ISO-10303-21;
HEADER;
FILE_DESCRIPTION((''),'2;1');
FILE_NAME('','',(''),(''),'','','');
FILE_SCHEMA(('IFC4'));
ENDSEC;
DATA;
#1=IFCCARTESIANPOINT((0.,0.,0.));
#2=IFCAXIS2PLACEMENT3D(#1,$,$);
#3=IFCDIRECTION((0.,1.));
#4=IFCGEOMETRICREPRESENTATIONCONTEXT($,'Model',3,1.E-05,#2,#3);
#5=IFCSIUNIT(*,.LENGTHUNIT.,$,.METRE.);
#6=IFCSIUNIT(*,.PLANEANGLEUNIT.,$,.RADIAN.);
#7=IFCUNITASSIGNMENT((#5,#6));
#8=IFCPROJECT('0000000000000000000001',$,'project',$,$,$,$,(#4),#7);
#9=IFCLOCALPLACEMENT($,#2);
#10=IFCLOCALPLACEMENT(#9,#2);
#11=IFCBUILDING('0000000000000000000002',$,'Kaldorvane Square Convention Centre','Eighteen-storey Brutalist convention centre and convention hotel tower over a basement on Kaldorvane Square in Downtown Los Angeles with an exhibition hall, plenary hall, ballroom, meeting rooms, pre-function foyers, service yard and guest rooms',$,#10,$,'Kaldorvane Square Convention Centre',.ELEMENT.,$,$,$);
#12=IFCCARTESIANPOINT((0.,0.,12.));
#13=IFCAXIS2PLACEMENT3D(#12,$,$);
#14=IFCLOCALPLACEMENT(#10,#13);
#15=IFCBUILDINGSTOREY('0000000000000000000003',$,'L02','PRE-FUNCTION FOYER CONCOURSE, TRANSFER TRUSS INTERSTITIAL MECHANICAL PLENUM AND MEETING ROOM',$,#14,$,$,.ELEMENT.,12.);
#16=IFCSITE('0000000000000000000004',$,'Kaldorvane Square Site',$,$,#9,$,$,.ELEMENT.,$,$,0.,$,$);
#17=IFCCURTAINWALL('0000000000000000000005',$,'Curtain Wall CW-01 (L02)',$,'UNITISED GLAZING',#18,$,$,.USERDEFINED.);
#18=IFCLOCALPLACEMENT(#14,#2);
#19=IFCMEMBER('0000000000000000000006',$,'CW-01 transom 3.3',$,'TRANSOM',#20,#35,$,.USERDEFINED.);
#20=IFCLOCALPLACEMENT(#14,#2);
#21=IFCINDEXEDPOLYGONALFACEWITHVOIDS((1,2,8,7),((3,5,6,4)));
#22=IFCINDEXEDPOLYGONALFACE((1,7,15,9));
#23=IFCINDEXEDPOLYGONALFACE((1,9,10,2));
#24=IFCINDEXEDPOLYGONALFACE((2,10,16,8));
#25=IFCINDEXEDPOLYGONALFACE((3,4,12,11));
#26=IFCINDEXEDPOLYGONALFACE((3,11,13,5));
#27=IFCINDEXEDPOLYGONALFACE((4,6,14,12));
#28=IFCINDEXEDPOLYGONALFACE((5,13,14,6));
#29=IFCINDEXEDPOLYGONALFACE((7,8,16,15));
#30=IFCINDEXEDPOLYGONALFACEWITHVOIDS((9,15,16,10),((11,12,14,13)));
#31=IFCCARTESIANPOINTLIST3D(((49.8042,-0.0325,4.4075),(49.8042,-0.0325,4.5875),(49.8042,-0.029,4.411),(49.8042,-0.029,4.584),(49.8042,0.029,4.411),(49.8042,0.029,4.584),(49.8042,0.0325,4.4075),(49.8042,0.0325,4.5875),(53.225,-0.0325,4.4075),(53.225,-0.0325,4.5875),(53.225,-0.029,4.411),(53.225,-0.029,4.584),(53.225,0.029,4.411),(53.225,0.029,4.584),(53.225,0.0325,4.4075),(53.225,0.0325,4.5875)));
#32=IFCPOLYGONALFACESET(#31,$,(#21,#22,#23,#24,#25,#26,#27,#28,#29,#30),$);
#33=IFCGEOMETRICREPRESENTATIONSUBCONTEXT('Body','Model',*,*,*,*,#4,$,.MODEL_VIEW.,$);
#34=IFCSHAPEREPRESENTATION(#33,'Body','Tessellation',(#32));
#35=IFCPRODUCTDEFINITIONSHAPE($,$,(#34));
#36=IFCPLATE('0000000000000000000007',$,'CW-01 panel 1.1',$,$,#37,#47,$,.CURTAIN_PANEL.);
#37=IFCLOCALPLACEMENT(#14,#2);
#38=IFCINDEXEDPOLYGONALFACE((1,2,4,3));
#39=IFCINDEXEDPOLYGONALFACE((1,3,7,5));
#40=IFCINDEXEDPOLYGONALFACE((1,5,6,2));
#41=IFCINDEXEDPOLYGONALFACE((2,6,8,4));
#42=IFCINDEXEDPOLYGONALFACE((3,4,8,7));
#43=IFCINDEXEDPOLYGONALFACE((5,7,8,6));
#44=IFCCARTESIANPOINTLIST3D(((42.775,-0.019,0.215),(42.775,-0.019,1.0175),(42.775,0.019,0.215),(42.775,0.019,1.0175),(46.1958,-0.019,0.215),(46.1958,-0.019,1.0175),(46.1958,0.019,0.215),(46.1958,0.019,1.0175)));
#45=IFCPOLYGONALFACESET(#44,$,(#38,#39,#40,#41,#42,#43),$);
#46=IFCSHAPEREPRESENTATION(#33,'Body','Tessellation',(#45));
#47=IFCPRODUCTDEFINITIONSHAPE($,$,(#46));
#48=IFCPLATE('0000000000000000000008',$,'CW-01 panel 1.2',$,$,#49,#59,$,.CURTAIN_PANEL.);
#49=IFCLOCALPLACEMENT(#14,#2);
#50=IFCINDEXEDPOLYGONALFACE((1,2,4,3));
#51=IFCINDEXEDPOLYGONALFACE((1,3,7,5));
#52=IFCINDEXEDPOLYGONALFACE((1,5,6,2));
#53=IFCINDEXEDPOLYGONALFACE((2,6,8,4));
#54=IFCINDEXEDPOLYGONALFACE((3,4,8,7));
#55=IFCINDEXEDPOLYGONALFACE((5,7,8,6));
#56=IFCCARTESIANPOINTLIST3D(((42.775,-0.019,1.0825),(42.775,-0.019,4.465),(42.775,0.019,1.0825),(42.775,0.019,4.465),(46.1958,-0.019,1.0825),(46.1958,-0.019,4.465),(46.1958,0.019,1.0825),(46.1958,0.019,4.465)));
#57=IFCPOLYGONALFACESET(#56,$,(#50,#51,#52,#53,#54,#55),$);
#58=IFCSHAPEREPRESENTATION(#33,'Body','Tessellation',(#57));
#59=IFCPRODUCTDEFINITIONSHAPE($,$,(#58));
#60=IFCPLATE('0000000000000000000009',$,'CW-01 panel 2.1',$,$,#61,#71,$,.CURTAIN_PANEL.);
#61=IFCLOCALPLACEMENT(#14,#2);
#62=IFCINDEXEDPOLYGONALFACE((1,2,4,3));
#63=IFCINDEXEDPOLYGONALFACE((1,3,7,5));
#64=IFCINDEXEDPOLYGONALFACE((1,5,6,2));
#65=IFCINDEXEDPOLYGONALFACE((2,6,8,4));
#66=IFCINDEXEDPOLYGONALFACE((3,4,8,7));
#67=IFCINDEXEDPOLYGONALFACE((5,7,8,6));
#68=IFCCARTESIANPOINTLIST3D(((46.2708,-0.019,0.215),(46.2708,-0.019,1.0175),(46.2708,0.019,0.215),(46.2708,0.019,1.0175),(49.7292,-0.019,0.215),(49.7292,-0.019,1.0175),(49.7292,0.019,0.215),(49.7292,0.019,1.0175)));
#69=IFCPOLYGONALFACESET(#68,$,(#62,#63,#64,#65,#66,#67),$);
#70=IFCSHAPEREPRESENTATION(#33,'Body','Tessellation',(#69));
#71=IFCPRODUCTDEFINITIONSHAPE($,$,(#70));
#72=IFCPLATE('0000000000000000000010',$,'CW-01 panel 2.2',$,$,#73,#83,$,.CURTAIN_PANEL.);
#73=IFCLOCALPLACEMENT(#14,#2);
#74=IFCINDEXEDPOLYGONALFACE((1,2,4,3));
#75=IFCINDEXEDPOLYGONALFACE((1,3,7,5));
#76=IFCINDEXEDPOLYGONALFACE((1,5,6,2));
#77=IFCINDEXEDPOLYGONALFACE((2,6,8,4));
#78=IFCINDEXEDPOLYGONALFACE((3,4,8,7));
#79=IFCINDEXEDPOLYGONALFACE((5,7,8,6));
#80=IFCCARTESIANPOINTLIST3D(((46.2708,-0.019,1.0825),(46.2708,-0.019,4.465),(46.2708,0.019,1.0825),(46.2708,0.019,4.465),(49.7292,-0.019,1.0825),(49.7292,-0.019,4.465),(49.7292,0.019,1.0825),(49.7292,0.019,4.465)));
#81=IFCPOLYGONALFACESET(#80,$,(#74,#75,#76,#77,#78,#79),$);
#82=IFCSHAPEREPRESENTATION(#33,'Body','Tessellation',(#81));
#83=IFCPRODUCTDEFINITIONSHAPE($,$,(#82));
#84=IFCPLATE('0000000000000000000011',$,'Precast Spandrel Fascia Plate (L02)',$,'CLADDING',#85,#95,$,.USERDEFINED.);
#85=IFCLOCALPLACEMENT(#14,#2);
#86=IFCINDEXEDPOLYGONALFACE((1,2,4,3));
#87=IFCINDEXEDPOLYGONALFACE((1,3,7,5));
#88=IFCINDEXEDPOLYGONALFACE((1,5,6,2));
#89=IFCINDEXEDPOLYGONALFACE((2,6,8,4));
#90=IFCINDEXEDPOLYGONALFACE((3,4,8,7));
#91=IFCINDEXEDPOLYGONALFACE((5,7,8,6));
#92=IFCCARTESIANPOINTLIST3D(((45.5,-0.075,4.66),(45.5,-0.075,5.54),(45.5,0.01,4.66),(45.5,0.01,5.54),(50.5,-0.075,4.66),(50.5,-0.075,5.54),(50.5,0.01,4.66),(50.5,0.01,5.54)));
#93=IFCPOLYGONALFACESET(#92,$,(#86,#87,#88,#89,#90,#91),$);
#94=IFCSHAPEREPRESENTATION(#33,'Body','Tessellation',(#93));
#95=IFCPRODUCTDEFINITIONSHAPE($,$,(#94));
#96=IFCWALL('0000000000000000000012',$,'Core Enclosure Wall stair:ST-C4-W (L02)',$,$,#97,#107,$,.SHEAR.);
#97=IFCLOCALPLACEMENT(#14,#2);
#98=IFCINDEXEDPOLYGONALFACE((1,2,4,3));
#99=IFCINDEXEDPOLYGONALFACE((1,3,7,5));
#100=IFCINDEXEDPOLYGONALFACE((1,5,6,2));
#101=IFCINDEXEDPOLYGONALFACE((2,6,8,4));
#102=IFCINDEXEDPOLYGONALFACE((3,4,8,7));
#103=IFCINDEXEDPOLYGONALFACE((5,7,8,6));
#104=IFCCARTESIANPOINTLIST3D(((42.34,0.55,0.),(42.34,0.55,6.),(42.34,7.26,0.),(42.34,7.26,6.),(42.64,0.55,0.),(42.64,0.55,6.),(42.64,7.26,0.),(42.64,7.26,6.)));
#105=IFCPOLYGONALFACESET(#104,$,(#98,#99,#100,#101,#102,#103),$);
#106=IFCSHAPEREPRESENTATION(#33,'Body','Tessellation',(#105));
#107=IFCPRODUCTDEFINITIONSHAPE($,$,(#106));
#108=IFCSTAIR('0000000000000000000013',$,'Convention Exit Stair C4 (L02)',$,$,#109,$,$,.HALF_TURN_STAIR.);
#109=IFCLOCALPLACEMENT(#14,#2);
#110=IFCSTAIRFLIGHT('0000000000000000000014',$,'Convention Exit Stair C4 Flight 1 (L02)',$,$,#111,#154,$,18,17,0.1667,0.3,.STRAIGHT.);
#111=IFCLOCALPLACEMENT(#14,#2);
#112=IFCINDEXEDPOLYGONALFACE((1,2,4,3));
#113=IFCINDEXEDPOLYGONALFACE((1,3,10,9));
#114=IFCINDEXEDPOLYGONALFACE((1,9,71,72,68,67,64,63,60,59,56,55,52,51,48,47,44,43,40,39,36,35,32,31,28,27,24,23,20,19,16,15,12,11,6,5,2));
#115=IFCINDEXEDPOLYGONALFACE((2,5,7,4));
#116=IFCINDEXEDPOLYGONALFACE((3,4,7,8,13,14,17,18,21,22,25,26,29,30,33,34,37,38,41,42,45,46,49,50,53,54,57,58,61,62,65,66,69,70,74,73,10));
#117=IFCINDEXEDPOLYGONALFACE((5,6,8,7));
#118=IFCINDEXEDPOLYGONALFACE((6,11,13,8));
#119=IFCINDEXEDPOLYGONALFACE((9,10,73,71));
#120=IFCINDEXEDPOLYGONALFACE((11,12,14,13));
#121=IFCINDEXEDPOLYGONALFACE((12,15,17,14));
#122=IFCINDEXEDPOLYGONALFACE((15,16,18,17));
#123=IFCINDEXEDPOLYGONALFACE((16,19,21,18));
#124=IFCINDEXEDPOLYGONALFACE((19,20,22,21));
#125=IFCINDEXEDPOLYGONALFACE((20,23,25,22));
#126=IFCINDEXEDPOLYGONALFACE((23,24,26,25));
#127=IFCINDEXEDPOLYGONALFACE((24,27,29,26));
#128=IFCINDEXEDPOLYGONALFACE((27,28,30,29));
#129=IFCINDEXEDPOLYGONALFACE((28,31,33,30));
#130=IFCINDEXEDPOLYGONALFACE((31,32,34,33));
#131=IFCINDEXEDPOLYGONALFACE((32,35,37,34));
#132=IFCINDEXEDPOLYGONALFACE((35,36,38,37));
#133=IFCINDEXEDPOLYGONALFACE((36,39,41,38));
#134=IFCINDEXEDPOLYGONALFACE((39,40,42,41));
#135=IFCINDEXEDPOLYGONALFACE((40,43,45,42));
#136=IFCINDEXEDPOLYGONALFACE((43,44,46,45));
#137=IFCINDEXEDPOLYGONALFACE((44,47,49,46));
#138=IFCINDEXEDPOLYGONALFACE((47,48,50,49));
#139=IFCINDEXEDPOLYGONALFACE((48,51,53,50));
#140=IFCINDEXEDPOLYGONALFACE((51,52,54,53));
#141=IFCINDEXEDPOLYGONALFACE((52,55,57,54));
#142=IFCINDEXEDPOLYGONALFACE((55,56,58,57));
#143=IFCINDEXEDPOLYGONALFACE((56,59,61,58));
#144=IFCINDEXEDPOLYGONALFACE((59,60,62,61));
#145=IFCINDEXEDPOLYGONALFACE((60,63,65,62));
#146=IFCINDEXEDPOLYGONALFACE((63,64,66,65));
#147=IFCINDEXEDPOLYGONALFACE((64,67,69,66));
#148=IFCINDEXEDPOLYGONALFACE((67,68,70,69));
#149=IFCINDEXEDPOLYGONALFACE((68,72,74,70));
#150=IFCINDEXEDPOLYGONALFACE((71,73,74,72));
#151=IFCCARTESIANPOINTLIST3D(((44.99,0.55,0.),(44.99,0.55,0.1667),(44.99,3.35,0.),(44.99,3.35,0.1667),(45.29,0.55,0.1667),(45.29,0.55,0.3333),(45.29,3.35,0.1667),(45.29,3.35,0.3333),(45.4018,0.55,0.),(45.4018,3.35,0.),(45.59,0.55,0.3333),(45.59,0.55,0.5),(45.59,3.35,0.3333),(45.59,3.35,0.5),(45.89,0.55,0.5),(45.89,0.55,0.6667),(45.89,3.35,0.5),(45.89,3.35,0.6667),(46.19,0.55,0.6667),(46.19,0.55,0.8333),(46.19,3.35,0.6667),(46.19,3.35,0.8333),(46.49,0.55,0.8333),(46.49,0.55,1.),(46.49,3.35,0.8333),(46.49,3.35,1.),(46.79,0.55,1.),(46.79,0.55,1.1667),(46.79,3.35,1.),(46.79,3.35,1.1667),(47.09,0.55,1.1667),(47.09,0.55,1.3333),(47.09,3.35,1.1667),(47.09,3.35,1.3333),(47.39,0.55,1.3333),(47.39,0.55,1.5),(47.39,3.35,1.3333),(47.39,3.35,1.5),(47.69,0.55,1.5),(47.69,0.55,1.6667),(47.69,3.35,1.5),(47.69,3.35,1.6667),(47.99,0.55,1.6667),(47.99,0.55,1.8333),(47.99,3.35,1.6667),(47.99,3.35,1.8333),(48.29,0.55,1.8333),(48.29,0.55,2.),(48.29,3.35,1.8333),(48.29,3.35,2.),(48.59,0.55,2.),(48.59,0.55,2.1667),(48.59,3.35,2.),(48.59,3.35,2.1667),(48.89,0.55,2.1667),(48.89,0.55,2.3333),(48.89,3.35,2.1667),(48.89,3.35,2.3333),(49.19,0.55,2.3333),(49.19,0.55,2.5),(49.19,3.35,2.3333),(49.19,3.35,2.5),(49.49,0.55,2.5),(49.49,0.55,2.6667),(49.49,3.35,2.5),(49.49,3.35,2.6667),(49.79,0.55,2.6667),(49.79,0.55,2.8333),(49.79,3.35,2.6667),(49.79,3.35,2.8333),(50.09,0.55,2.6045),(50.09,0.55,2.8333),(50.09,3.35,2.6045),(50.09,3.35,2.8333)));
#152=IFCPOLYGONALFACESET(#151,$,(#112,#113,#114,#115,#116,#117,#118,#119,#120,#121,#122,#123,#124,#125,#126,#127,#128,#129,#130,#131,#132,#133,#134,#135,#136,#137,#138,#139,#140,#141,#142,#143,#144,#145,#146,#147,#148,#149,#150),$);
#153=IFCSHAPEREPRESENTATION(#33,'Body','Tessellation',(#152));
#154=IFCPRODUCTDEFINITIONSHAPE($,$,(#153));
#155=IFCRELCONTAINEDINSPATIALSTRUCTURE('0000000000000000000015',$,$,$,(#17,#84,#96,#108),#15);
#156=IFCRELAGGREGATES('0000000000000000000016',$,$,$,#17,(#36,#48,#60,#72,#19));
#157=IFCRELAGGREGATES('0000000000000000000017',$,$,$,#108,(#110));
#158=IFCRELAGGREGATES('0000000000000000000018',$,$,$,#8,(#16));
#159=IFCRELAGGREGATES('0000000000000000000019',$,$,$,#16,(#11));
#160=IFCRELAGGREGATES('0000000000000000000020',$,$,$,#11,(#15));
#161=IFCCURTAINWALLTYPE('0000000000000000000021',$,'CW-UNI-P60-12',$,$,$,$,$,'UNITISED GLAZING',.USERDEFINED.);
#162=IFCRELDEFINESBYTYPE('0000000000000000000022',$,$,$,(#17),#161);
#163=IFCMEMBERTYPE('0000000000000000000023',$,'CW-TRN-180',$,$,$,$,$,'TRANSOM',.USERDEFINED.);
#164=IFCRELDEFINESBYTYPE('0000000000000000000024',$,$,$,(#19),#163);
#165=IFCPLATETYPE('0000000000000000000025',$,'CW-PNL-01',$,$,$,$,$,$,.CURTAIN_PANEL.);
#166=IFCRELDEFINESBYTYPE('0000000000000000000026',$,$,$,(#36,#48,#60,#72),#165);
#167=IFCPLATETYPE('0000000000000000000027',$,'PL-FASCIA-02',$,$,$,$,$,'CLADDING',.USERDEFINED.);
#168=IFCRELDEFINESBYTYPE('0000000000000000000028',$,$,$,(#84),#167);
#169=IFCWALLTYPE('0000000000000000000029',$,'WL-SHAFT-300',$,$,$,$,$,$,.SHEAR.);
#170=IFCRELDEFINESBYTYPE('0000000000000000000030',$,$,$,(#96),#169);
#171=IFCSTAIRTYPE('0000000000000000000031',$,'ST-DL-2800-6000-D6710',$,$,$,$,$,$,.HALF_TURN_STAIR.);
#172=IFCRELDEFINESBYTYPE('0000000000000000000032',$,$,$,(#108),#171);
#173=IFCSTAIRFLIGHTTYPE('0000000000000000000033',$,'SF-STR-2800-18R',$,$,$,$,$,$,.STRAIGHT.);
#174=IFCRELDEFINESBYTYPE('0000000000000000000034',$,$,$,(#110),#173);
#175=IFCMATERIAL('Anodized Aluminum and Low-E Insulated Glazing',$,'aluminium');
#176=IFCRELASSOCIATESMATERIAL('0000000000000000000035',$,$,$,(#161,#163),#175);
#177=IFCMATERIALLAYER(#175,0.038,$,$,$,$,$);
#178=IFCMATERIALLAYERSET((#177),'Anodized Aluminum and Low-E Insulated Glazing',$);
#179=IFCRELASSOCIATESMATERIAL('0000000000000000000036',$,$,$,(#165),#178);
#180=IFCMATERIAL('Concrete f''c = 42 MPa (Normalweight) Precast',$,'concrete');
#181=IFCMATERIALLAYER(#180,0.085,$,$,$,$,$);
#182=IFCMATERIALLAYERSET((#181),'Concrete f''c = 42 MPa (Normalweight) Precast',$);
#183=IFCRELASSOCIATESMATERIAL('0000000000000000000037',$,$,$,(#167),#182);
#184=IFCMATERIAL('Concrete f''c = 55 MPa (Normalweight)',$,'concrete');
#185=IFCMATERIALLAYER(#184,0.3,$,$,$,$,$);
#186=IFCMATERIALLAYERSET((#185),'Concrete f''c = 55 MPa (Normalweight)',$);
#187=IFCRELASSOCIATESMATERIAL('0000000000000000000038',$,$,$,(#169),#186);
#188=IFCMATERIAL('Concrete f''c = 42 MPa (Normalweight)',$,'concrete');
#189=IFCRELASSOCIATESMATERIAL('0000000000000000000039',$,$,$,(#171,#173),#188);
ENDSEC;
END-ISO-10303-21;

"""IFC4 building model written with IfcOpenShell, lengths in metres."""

from ifc_helpers import new_model, si_unit, direction, frame, frame_2d, origin, origin_2d, place, context, subcontext, project, spatial, polyline, rectangle, hollow_rectangle, outline, extrude, material, layer, layer_set, material_profile, profile_set, type_object, element, aggregate, save


model = new_model("IFC4")

# Units and contexts
model_context = context("Model", 3, precision=1e-05, world=origin(), true_north=direction((0.0, 1.0)))
body_context = subcontext(model_context, "Body", "Model", "MODEL_VIEW")
ifc_project = project(units=[si_unit("LENGTHUNIT", "METRE"), si_unit("PLANEANGLEUNIT", "RADIAN")], contexts=[model_context])

# Site, building, storey
site_placement = place(None, origin())
site = spatial("IfcSite", under=ifc_project, at=site_placement, Name="Kaldorvane Square Site", CompositionType="ELEMENT", RefElevation=0.0)
building_placement = place(site_placement, origin())
building = spatial("IfcBuilding", under=site, at=building_placement, Name="Kaldorvane Square Convention Centre", Description="Eighteen-storey Brutalist convention centre and convention hotel tower over a basement on Kaldorvane Square in Downtown Los Angeles with an exhibition hall, plenary hall, ballroom, meeting rooms, pre-function foyers, service yard and guest rooms", LongName="Kaldorvane Square Convention Centre", CompositionType="ELEMENT")
storey_placement = place(building_placement, frame((0.0, 0.0, 12.0)))
storey = spatial("IfcBuildingStorey", under=building, at=storey_placement, Name="L02", Description="PRE-FUNCTION FOYER CONCOURSE, TRANSFER TRUSS INTERSTITIAL MECHANICAL PLENUM AND MEETING ROOM", CompositionType="ELEMENT", Elevation=12.0)

# Curtain wall, member, plates
ifc_material_1 = material(Name="Anodized Aluminum and Low-E Insulated Glazing", Category="aluminium")
curtain_wall_type = type_object("IfcCurtainWallType", Name="CW-UNI-P60-12", ElementType="UNITISED GLAZING", PredefinedType="USERDEFINED", material=ifc_material_1)
curtain_wall_placement = place(storey_placement, origin())
curtain_wall = element("IfcCurtainWall", 1, at=curtain_wall_placement, inside=storey, type_object=curtain_wall_type, Name="Curtain Wall CW-01 (L02)", ObjectType="UNITISED GLAZING", PredefinedType="USERDEFINED")
ifc_material_profile_1 = material_profile(ifc_material_1, hollow_rectangle(XDim=0.065, YDim=0.18, WallThickness=0.0035, at=origin_2d()), Name="CWT-180X65")
ifc_profile_set_1 = profile_set([ifc_material_profile_1], Name="Anodized Aluminum and Low-E Insulated Glazing")
member_type_1 = type_object("IfcMemberType", Name="CW-TRN-180", ElementType="TRANSOM", PredefinedType="USERDEFINED", material=ifc_profile_set_1)
member_1_placement = place(storey_placement, frame((49.8042, 0.0, 4.4975), z_axis=(1.0, 0.0, 0.0), x_axis=(0.0, 1.0, 0.0)))
member_1 = element("IfcMember", 2, at=member_1_placement, type_object=member_type_1, Name="CW-01 transom 3.3", ObjectType="TRANSOM", PredefinedType="USERDEFINED", context=body_context, shape_type="SweptSolid", body=[
    extrude(hollow_rectangle(XDim=0.065, YDim=0.18, WallThickness=0.0035, at=origin_2d()), origin(), (0.0, 0.0, 1.0), 3.4208),
])
ifc_layer_1 = layer(ifc_material_1, 0.038)
ifc_layer_set_1 = layer_set([ifc_layer_1], Name="Anodized Aluminum and Low-E Insulated Glazing")
plate_type_1 = type_object("IfcPlateType", Name="CW-PNL-01", PredefinedType="CURTAIN_PANEL", material=ifc_layer_set_1)
plate_1_placement = place(storey_placement, frame((44.4854, 0.0, 0.215), z_axis=(0.0, 0.0, 1.0), x_axis=(1.0, 0.0, 0.0)))
plate_1 = element("IfcPlate", 3, at=plate_1_placement, type_object=plate_type_1, Name="CW-01 panel 1.1", PredefinedType="CURTAIN_PANEL", context=body_context, shape_type="SweptSolid", body=[
    extrude(rectangle(XDim=3.4208, YDim=0.038, at=origin_2d()), origin(), (0.0, 0.0, 1.0), 0.8025),
])
plate_2_placement = place(storey_placement, frame((44.4854, 0.0, 1.0825), z_axis=(0.0, 0.0, 1.0), x_axis=(1.0, 0.0, 0.0)))
plate_2 = element("IfcPlate", 4, at=plate_2_placement, type_object=plate_type_1, Name="CW-01 panel 1.2", PredefinedType="CURTAIN_PANEL", context=body_context, shape_type="SweptSolid", body=[
    extrude(rectangle(XDim=3.4208, YDim=0.038, at=origin_2d()), origin(), (0.0, 0.0, 1.0), 3.3825),
])
plate_3_placement = place(storey_placement, frame((48.0, 0.0, 0.215), z_axis=(0.0, 0.0, 1.0), x_axis=(1.0, 0.0, 0.0)))
plate_3 = element("IfcPlate", 5, at=plate_3_placement, type_object=plate_type_1, Name="CW-01 panel 2.1", PredefinedType="CURTAIN_PANEL", context=body_context, shape_type="SweptSolid", body=[
    extrude(rectangle(XDim=3.4583, YDim=0.038, at=origin_2d()), origin(), (0.0, 0.0, 1.0), 0.8025),
])
plate_4_placement = place(storey_placement, frame((48.0, 0.0, 1.0825), z_axis=(0.0, 0.0, 1.0), x_axis=(1.0, 0.0, 0.0)))
plate_4 = element("IfcPlate", 6, at=plate_4_placement, type_object=plate_type_1, Name="CW-01 panel 2.2", PredefinedType="CURTAIN_PANEL", context=body_context, shape_type="SweptSolid", body=[
    extrude(rectangle(XDim=3.4583, YDim=0.038, at=origin_2d()), origin(), (0.0, 0.0, 1.0), 3.3825),
])
aggregate(curtain_wall, [plate_1, plate_2, plate_3, plate_4, member_1])

# Plate
ifc_material_2 = material(Name="Concrete f'c = 42 MPa (Normalweight) Precast", Category="concrete")
ifc_layer_2 = layer(ifc_material_2, 0.085)
ifc_layer_set_2 = layer_set([ifc_layer_2], Name="Concrete f'c = 42 MPa (Normalweight) Precast")
plate_type_2 = type_object("IfcPlateType", Name="PL-FASCIA-02", ElementType="CLADDING", PredefinedType="USERDEFINED", material=ifc_layer_set_2)
plate_5_placement = place(storey_placement, frame((48.0, -0.0325, 4.66), z_axis=(0.0, 0.0, 1.0), x_axis=(1.0, 0.0, 0.0)))
element("IfcPlate", 7, at=plate_5_placement, inside=storey, type_object=plate_type_2, Name="Precast Spandrel Fascia Plate (L02)", ObjectType="CLADDING", PredefinedType="USERDEFINED", context=body_context, shape_type="SweptSolid", body=[
    extrude(rectangle(XDim=5.0, YDim=0.085, at=origin_2d()), origin(), (0.0, 0.0, 1.0), 0.88),
])

# Wall
ifc_material_3 = material(Name="Concrete f'c = 55 MPa (Normalweight)", Category="concrete")
ifc_layer_3 = layer(ifc_material_3, 0.3)
ifc_layer_set_3 = layer_set([ifc_layer_3], Name="Concrete f'c = 55 MPa (Normalweight)")
wall_type = type_object("IfcWallType", Name="WL-SHAFT-300", PredefinedType="SHEAR", material=ifc_layer_set_3)
wall_placement = place(storey_placement, frame((42.49, 7.26, 0.0), z_axis=(0.0, 0.0, 1.0), x_axis=(0.0, -1.0, 0.0)))
element("IfcWall", 8, at=wall_placement, inside=storey, type_object=wall_type, Name="Core Enclosure Wall stair:ST-C4-W (L02)", PredefinedType="SHEAR", context=body_context, shape_type="SweptSolid", body=[
    extrude(rectangle(XDim=6.71, YDim=0.3, at=frame_2d((3.355, 0.0))), origin(), (0.0, 0.0, 1.0), 6.0),
])

# Stair, stair flight
ifc_material_4 = material(Name="Concrete f'c = 42 MPa (Normalweight)", Category="concrete")
stair_type = type_object("IfcStairType", Name="ST-DL-2800-6000-D6710", PredefinedType="HALF_TURN_STAIR", material=ifc_material_4)
stair_placement = place(storey_placement, origin())
stair = element("IfcStair", 9, at=stair_placement, inside=storey, type_object=stair_type, Name="Convention Exit Stair C4 (L02)", PredefinedType="HALF_TURN_STAIR")
stair_flight_type = type_object("IfcStairFlightType", Name="SF-STR-2800-18R", PredefinedType="STRAIGHT", material=ifc_material_4)
stair_flight_1_placement = place(storey_placement, frame((44.99, 1.95, 0.0), z_axis=(0.0, 0.0, 1.0), x_axis=(1.0, 0.0, 0.0)))
stair_flight_1 = element("IfcStairFlight", 10, at=stair_flight_1_placement, type_object=stair_flight_type, Name="Convention Exit Stair C4 Flight 1 (L02)", NumberOfRisers=18, NumberOfTreads=17, PredefinedType="STRAIGHT", RiserHeight=0.1667, TreadLength=0.3, context=body_context, shape_type="SweptSolid", body=[
    extrude(outline(polyline([(0.0, 0.0), (0.0, 0.1667), (0.3, 0.1667), (0.3, 0.3333), (0.6, 0.3333), (0.6, 0.5), (0.9, 0.5), (0.9, 0.6667), (1.2, 0.6667), (1.2, 0.8333), (1.5, 0.8333), (1.5, 1.0), (1.8, 1.0), (1.8, 1.1667), (2.1, 1.1667), (2.1, 1.3333), (2.4, 1.3333), (2.4, 1.5), (2.7, 1.5), (2.7, 1.6667), (3.0, 1.6667), (3.0, 1.8333), (3.3, 1.8333), (3.3, 2.0), (3.6, 2.0), (3.6, 2.1667), (3.9, 2.1667), (3.9, 2.3333), (4.2, 2.3333), (4.2, 2.5), (4.5, 2.5), (4.5, 2.6667), (4.8, 2.6667), (4.8, 2.8333), (5.1, 2.8333), (5.1, 3.0), (5.1, 2.6045), (0.4118, 0.0), (0.0, 0.0)])), frame((0.0, 1.4, 0.0), z_axis=(0.0, -1.0, 0.0), x_axis=(1.0, 0.0, 0.0)), (0.0, 0.0, 1.0), 2.8),
])
aggregate(stair, [stair_flight_1])

save(model, "model.ifc")
